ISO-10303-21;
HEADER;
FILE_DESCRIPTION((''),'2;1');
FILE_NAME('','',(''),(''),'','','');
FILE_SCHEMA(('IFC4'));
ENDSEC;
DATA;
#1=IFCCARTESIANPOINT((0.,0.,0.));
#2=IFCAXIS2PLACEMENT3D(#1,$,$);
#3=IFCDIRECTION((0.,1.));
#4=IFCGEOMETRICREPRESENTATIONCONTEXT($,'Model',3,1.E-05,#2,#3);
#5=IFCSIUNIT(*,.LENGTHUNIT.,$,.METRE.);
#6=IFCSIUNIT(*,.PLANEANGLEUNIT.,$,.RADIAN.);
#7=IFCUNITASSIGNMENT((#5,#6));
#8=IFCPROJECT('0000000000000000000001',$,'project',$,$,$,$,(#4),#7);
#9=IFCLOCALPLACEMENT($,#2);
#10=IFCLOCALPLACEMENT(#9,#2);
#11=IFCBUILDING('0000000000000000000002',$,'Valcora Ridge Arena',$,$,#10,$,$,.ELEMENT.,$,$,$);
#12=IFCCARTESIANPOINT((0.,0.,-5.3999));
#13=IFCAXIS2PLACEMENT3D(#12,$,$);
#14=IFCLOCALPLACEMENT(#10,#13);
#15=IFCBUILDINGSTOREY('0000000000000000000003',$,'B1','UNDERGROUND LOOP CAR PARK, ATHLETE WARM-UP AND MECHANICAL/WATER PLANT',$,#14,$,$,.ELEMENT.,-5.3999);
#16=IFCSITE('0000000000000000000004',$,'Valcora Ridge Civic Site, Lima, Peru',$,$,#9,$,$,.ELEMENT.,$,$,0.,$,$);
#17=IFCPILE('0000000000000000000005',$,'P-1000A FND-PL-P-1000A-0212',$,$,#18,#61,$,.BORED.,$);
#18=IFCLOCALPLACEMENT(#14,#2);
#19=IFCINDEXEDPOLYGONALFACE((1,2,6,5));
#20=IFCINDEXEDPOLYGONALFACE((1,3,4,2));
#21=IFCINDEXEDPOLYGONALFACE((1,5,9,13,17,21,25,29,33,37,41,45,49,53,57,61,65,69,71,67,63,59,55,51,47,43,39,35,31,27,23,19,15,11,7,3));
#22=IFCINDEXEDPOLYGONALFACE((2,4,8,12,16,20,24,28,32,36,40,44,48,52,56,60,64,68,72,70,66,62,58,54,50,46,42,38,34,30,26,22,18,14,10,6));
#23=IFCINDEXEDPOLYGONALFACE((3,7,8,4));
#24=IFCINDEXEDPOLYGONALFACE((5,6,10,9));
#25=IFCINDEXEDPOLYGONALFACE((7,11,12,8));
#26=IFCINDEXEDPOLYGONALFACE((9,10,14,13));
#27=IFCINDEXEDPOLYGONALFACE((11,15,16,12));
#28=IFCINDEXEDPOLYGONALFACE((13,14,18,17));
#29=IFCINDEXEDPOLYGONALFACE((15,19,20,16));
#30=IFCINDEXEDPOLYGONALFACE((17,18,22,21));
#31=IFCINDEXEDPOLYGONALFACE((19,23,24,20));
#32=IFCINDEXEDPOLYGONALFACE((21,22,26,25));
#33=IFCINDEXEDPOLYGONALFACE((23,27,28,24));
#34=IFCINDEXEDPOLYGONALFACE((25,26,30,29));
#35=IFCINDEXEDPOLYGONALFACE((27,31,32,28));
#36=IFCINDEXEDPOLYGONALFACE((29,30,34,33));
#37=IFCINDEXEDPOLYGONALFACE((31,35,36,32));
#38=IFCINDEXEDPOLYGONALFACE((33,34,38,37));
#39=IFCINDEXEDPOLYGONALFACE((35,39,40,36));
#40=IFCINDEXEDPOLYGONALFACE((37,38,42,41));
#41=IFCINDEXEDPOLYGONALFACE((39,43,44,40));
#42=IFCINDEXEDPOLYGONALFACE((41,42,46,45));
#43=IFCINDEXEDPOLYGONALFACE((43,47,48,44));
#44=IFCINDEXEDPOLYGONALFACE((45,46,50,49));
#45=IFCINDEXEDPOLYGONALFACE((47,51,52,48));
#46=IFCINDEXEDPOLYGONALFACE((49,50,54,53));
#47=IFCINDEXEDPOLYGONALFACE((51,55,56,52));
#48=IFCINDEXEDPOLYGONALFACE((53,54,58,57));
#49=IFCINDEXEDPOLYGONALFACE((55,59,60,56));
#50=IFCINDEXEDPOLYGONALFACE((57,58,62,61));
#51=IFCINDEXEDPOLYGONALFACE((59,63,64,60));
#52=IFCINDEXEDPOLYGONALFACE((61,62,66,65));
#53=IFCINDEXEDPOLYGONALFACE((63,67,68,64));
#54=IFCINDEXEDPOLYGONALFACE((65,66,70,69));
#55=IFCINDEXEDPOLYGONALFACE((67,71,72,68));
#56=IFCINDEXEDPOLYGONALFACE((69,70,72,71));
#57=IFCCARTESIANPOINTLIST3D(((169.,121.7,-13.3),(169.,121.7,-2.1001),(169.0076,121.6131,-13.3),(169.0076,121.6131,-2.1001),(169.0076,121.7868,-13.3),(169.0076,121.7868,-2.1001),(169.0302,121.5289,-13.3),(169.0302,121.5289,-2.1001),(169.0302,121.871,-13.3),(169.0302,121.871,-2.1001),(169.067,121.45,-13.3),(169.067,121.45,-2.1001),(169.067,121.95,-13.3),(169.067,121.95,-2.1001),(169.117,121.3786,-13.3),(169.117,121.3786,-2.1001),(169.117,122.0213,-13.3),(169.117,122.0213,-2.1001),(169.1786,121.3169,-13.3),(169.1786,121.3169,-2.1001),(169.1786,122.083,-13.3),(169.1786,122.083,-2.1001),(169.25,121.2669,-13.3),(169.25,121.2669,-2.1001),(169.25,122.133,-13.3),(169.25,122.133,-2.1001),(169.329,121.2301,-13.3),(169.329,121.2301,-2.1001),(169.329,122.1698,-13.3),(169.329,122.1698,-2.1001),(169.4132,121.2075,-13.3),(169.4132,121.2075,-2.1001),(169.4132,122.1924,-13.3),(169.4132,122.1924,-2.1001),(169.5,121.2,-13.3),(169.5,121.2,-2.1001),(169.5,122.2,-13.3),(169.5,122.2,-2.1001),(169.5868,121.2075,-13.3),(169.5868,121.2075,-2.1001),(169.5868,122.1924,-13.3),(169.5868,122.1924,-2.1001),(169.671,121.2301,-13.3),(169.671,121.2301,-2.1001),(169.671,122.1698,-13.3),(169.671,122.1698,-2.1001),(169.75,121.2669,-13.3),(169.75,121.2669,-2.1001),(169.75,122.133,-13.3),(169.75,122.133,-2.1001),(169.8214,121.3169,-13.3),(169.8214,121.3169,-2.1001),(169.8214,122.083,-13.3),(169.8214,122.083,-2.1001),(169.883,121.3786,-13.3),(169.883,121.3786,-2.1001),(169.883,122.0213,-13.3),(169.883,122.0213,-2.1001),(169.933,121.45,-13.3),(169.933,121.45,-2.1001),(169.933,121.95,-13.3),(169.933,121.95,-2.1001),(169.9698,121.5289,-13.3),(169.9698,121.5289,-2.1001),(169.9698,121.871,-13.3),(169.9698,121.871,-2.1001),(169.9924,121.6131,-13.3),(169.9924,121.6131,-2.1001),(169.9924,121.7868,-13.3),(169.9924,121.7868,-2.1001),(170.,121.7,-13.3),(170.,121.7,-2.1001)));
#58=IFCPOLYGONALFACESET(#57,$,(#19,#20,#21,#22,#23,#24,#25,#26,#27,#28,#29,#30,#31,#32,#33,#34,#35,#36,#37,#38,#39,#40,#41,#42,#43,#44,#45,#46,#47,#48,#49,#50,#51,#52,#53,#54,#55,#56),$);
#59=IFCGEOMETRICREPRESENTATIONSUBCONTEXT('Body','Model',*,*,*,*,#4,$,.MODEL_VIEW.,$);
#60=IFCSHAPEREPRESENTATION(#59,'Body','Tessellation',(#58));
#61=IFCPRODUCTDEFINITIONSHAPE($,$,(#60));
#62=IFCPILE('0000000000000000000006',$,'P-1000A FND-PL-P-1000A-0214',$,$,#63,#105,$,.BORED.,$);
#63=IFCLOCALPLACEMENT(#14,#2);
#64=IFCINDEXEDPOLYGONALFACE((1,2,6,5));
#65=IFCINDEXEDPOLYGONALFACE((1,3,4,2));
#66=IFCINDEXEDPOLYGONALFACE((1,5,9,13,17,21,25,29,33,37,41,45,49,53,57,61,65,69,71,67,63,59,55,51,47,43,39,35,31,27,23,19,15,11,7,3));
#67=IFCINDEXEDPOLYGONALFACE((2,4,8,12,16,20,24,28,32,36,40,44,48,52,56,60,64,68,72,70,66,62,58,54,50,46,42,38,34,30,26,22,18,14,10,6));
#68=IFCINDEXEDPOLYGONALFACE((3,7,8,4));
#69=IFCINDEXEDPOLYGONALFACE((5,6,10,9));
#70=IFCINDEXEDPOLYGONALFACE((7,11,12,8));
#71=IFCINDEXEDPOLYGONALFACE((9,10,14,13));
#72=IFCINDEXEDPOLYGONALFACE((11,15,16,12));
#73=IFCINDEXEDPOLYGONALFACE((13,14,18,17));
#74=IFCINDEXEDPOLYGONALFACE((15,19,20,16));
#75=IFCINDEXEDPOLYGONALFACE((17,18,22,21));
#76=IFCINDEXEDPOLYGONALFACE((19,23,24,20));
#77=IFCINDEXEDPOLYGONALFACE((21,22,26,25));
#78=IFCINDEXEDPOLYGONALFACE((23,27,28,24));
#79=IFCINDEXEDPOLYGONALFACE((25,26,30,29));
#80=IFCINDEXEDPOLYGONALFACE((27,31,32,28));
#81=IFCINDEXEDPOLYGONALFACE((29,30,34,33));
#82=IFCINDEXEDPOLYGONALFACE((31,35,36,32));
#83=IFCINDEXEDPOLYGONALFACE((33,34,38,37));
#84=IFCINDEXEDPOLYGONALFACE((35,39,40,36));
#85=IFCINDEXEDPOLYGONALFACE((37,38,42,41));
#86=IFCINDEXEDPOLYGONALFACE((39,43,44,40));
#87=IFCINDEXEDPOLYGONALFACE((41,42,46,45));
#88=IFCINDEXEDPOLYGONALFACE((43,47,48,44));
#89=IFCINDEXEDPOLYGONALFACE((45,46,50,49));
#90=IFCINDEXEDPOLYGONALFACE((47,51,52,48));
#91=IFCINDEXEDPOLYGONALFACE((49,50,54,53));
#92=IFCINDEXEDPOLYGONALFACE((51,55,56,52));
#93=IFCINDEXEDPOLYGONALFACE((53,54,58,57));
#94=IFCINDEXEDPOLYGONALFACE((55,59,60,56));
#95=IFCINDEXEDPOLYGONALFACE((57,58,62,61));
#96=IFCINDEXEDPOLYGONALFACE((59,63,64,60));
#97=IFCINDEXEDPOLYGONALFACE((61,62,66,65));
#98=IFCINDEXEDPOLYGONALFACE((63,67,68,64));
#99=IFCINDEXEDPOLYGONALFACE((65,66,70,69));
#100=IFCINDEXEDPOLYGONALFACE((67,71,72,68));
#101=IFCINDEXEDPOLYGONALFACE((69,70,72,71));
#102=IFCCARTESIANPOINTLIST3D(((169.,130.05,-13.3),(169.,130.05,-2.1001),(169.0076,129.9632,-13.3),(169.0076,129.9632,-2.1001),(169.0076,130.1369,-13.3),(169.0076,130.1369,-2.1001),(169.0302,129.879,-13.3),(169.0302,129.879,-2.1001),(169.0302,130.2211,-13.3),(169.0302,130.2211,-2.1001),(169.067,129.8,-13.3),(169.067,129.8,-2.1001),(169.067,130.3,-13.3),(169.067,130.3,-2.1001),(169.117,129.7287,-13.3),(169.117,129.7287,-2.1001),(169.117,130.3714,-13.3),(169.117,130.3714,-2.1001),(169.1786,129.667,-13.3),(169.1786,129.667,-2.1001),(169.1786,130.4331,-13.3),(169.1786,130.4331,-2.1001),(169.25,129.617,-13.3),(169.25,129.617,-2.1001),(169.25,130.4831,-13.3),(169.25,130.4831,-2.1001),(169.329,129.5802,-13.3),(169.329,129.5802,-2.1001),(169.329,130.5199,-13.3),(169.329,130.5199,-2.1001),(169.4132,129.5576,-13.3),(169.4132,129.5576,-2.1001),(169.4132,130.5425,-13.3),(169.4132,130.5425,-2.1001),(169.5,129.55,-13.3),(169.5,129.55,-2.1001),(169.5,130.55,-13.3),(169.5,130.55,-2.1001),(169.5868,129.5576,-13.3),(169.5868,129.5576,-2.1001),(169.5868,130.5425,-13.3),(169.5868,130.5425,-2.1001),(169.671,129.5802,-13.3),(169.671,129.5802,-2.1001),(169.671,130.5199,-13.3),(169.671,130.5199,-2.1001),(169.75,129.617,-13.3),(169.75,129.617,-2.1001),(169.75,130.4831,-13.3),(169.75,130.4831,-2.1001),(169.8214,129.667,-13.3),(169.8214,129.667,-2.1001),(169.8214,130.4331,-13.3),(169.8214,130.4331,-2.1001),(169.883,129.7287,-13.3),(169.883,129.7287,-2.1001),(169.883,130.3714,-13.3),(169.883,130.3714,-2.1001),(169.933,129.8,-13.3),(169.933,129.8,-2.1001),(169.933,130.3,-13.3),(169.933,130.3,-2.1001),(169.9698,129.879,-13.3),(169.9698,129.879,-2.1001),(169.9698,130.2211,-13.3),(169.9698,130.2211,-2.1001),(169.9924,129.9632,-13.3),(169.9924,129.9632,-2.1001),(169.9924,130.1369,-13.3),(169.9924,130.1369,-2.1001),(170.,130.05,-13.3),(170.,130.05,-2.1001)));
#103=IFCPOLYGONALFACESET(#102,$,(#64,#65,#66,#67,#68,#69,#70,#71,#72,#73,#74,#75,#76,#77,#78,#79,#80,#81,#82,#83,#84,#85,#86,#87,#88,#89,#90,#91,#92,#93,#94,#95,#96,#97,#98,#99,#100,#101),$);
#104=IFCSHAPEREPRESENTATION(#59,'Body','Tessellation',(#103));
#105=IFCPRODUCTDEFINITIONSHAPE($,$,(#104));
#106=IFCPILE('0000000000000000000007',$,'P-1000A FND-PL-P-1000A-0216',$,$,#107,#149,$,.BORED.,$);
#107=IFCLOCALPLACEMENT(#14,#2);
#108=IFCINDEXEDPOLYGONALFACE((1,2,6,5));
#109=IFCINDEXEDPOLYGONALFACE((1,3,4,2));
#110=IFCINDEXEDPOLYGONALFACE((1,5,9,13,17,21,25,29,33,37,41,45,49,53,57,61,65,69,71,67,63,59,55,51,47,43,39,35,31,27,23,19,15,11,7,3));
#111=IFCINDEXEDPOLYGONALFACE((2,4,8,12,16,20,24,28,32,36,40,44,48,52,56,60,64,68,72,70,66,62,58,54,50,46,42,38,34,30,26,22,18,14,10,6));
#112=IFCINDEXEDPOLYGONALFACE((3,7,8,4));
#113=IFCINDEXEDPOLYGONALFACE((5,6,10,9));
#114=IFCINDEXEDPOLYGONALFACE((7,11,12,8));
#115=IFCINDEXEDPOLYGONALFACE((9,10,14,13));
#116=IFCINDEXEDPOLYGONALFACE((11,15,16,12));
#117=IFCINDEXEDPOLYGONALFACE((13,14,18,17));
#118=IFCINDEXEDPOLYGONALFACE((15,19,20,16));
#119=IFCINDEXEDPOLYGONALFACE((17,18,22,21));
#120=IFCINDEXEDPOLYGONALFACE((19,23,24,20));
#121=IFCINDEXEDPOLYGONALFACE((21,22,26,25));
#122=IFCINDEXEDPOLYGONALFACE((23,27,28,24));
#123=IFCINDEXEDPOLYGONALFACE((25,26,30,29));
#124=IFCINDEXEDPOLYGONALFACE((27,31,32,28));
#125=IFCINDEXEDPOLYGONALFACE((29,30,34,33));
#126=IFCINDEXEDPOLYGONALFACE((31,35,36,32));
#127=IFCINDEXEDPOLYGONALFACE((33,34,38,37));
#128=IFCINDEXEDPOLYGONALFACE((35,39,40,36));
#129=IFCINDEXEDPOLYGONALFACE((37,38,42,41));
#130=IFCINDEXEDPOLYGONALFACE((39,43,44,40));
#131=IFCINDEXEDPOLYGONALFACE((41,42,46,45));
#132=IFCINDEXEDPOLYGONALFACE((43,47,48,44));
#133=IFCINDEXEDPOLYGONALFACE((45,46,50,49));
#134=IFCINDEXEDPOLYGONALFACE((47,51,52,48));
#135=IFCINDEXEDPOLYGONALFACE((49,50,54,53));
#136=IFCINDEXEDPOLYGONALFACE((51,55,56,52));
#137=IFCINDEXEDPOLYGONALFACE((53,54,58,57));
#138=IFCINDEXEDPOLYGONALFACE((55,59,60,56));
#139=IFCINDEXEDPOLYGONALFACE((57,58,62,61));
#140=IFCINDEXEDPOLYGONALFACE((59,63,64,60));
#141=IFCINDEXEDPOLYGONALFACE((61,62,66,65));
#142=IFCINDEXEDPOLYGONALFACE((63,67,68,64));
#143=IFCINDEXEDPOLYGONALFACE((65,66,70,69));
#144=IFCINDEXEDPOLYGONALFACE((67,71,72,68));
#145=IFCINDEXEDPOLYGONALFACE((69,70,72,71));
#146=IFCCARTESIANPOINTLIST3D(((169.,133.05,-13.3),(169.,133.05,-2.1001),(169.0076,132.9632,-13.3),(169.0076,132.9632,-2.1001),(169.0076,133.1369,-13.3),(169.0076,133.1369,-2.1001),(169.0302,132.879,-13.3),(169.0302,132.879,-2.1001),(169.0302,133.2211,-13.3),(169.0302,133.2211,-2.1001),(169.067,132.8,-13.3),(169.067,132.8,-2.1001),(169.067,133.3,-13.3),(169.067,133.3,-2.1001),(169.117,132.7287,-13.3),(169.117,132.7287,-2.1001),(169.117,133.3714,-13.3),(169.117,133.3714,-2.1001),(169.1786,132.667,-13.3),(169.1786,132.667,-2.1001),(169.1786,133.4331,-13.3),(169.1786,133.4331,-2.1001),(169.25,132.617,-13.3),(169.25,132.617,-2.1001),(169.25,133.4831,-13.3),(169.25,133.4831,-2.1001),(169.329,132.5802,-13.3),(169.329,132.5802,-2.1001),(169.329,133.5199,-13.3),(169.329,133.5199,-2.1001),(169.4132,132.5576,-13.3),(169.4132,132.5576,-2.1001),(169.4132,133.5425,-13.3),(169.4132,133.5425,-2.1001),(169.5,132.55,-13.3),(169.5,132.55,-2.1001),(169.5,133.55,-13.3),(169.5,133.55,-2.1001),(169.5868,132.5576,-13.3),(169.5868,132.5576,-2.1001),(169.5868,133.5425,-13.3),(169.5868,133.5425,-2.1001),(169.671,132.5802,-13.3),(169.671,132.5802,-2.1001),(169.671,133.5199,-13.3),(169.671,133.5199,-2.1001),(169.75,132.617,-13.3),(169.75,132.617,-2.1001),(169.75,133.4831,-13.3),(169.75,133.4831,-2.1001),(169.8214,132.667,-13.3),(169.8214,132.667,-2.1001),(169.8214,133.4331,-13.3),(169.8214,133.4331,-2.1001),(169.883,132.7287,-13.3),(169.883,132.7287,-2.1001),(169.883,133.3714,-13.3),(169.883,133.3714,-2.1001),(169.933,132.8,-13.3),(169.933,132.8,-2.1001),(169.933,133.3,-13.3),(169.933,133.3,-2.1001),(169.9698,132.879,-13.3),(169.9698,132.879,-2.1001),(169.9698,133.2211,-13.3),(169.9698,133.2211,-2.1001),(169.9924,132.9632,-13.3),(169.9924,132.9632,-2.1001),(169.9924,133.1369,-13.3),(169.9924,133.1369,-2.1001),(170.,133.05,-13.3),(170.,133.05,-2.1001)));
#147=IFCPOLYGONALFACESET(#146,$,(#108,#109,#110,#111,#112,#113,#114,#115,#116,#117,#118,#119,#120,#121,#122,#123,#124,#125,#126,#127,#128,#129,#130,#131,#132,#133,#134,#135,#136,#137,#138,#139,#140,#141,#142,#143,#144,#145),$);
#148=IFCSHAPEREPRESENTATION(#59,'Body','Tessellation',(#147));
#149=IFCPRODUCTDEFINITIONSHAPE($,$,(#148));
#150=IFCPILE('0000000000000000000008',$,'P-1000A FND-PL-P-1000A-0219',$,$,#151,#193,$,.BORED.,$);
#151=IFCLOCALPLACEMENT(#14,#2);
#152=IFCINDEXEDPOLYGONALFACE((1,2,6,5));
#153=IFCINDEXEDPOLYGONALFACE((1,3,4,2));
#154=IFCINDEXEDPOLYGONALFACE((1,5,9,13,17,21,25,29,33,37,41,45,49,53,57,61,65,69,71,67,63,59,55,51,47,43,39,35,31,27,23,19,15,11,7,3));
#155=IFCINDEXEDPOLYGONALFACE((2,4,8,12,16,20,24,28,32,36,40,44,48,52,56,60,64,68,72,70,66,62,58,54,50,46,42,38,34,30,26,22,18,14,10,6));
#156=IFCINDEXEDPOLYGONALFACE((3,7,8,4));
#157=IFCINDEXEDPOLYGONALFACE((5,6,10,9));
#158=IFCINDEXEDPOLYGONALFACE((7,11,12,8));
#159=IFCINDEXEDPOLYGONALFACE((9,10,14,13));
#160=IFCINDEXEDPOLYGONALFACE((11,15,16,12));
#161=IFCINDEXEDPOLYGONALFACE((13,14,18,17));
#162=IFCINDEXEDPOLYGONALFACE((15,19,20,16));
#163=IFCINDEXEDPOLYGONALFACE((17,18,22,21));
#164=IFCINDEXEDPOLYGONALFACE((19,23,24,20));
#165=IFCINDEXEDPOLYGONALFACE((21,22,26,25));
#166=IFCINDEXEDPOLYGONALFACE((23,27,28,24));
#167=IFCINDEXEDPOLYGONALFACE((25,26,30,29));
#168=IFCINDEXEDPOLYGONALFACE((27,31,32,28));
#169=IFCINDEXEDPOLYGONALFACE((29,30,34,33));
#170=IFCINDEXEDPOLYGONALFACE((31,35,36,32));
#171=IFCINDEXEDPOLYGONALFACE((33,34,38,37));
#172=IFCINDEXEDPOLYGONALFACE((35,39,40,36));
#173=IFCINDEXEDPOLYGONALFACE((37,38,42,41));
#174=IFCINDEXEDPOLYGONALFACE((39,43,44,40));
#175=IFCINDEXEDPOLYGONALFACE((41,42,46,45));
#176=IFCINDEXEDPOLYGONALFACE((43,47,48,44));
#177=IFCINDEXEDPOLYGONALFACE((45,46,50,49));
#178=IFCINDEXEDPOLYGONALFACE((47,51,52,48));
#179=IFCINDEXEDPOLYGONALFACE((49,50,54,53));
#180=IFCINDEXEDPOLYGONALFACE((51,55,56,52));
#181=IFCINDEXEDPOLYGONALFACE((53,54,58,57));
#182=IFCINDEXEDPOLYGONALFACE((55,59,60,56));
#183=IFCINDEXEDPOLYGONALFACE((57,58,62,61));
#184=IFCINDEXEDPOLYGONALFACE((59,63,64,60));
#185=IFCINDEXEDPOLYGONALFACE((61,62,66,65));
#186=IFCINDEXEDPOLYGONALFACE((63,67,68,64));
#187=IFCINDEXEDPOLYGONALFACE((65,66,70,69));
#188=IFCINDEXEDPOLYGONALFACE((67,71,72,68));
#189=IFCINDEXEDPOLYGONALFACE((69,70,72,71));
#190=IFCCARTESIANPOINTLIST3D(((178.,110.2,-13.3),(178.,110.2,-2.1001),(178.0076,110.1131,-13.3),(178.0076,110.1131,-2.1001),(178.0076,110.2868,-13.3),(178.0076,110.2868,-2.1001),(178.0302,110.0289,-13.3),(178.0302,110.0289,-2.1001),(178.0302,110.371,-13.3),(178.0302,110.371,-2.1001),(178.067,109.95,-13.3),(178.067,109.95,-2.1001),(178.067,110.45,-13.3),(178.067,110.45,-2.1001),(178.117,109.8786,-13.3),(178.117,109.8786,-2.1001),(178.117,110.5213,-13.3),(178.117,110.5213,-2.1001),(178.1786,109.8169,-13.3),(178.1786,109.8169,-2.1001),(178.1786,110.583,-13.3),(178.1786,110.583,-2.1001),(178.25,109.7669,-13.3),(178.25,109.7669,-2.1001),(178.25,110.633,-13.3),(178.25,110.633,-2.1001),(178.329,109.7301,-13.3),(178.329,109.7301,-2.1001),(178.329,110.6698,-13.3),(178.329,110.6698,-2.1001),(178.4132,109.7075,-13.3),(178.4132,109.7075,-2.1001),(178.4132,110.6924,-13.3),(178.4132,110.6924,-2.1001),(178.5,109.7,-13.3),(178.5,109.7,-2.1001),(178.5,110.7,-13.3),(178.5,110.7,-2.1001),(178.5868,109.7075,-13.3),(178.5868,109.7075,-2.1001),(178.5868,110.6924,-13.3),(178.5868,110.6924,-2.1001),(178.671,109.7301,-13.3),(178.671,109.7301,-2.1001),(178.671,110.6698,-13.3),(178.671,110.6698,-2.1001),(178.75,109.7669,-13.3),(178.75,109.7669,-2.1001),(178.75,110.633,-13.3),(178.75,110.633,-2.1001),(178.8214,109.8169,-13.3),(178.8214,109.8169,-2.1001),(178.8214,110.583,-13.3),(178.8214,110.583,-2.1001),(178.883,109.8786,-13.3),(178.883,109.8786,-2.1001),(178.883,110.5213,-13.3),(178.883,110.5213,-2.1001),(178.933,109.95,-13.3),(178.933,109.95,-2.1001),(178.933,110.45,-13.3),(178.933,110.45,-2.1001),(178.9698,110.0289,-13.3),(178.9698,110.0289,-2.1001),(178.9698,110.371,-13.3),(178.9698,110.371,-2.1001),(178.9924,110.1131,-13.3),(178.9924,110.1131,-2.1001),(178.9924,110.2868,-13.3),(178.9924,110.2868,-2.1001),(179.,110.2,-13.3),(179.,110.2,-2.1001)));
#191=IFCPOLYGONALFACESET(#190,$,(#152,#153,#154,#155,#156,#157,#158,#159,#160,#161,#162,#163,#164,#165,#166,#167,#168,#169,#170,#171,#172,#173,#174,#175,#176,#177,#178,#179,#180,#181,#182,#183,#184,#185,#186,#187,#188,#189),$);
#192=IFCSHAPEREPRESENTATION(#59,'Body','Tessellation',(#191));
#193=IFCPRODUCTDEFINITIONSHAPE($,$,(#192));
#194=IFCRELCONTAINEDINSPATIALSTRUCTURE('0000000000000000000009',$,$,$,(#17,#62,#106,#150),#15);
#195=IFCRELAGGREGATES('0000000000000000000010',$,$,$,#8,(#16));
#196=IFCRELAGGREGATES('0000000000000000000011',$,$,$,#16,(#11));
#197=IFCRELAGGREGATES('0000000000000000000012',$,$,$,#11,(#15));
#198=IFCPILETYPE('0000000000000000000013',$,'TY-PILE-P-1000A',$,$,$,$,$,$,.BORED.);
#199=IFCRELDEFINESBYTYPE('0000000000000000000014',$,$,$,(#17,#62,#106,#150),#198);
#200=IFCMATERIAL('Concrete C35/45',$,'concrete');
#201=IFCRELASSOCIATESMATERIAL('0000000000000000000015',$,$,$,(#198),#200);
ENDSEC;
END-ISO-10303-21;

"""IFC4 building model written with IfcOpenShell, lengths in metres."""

from ifc_helpers import new_model, si_unit, direction, frame, origin, origin_2d, place, context, subcontext, project, spatial, circle, extrude, material, material_profile, profile_set, type_object, element, save


model = new_model("IFC4")

# Units and contexts
model_context = context("Model", 3, precision=1e-05, world=origin(), true_north=direction((0.0, 1.0)))
body_context = subcontext(model_context, "Body", "Model", "MODEL_VIEW")
ifc_project = project(units=[si_unit("LENGTHUNIT", "METRE"), si_unit("PLANEANGLEUNIT", "RADIAN")], contexts=[model_context])

# Site, building, storey
site_placement = place(None, origin())
site = spatial("IfcSite", under=ifc_project, at=site_placement, Name="Valcora Ridge Civic Site, Lima, Peru", CompositionType="ELEMENT", RefElevation=0.0)
building_placement = place(site_placement, origin())
building = spatial("IfcBuilding", under=site, at=building_placement, Name="Valcora Ridge Arena", CompositionType="ELEMENT")
storey_placement = place(building_placement, frame((0.0, 0.0, -5.3999)))
storey = spatial("IfcBuildingStorey", under=building, at=storey_placement, Name="B1", Description="UNDERGROUND LOOP CAR PARK, ATHLETE WARM-UP AND MECHANICAL/WATER PLANT", CompositionType="ELEMENT", Elevation=-5.3999)

# Piles
ifc_material_1 = material(Name="Concrete C35/45", Category="concrete")
ifc_material_profile_1 = material_profile(ifc_material_1, circle(Radius=0.5, at=origin_2d()), Name="BORED PILE D1000")
ifc_profile_set_1 = profile_set([ifc_material_profile_1], Name="Concrete C35/45")
pile_type_1 = type_object("IfcPileType", Name="TY-PILE-P-1000A", PredefinedType="BORED", material=ifc_profile_set_1)
for number, where, z_axis, x_axis, name in (
    (1, (169.5, 121.7, -2.1001), (0.0, 0.0, -1.0), (1.0, 0.0, 0.0), "P-1000A FND-PL-P-1000A-0212"),
    (2, (169.5, 130.05, -2.1001), (0.0, 0.0, -1.0), (1.0, 0.0, 0.0), "P-1000A FND-PL-P-1000A-0214"),
    (3, (169.5, 133.05, -2.1001), (0.0, 0.0, -1.0), (1.0, 0.0, 0.0), "P-1000A FND-PL-P-1000A-0216"),
    (4, (178.5, 110.2, -2.1001), (0.0, 0.0, -1.0), (1.0, 0.0, 0.0), "P-1000A FND-PL-P-1000A-0219"),
):
    element("IfcPile", number, at=place(storey_placement, frame(where, z_axis=z_axis, x_axis=x_axis)), inside=storey, type_object=pile_type_1, Name=name, PredefinedType="BORED", context=body_context, shape_type="SweptSolid", body=[
        extrude(circle(Radius=0.5, at=origin_2d()), origin(), (0.0, 0.0, 1.0), 11.2),
    ])

save(model, "model.ifc")
